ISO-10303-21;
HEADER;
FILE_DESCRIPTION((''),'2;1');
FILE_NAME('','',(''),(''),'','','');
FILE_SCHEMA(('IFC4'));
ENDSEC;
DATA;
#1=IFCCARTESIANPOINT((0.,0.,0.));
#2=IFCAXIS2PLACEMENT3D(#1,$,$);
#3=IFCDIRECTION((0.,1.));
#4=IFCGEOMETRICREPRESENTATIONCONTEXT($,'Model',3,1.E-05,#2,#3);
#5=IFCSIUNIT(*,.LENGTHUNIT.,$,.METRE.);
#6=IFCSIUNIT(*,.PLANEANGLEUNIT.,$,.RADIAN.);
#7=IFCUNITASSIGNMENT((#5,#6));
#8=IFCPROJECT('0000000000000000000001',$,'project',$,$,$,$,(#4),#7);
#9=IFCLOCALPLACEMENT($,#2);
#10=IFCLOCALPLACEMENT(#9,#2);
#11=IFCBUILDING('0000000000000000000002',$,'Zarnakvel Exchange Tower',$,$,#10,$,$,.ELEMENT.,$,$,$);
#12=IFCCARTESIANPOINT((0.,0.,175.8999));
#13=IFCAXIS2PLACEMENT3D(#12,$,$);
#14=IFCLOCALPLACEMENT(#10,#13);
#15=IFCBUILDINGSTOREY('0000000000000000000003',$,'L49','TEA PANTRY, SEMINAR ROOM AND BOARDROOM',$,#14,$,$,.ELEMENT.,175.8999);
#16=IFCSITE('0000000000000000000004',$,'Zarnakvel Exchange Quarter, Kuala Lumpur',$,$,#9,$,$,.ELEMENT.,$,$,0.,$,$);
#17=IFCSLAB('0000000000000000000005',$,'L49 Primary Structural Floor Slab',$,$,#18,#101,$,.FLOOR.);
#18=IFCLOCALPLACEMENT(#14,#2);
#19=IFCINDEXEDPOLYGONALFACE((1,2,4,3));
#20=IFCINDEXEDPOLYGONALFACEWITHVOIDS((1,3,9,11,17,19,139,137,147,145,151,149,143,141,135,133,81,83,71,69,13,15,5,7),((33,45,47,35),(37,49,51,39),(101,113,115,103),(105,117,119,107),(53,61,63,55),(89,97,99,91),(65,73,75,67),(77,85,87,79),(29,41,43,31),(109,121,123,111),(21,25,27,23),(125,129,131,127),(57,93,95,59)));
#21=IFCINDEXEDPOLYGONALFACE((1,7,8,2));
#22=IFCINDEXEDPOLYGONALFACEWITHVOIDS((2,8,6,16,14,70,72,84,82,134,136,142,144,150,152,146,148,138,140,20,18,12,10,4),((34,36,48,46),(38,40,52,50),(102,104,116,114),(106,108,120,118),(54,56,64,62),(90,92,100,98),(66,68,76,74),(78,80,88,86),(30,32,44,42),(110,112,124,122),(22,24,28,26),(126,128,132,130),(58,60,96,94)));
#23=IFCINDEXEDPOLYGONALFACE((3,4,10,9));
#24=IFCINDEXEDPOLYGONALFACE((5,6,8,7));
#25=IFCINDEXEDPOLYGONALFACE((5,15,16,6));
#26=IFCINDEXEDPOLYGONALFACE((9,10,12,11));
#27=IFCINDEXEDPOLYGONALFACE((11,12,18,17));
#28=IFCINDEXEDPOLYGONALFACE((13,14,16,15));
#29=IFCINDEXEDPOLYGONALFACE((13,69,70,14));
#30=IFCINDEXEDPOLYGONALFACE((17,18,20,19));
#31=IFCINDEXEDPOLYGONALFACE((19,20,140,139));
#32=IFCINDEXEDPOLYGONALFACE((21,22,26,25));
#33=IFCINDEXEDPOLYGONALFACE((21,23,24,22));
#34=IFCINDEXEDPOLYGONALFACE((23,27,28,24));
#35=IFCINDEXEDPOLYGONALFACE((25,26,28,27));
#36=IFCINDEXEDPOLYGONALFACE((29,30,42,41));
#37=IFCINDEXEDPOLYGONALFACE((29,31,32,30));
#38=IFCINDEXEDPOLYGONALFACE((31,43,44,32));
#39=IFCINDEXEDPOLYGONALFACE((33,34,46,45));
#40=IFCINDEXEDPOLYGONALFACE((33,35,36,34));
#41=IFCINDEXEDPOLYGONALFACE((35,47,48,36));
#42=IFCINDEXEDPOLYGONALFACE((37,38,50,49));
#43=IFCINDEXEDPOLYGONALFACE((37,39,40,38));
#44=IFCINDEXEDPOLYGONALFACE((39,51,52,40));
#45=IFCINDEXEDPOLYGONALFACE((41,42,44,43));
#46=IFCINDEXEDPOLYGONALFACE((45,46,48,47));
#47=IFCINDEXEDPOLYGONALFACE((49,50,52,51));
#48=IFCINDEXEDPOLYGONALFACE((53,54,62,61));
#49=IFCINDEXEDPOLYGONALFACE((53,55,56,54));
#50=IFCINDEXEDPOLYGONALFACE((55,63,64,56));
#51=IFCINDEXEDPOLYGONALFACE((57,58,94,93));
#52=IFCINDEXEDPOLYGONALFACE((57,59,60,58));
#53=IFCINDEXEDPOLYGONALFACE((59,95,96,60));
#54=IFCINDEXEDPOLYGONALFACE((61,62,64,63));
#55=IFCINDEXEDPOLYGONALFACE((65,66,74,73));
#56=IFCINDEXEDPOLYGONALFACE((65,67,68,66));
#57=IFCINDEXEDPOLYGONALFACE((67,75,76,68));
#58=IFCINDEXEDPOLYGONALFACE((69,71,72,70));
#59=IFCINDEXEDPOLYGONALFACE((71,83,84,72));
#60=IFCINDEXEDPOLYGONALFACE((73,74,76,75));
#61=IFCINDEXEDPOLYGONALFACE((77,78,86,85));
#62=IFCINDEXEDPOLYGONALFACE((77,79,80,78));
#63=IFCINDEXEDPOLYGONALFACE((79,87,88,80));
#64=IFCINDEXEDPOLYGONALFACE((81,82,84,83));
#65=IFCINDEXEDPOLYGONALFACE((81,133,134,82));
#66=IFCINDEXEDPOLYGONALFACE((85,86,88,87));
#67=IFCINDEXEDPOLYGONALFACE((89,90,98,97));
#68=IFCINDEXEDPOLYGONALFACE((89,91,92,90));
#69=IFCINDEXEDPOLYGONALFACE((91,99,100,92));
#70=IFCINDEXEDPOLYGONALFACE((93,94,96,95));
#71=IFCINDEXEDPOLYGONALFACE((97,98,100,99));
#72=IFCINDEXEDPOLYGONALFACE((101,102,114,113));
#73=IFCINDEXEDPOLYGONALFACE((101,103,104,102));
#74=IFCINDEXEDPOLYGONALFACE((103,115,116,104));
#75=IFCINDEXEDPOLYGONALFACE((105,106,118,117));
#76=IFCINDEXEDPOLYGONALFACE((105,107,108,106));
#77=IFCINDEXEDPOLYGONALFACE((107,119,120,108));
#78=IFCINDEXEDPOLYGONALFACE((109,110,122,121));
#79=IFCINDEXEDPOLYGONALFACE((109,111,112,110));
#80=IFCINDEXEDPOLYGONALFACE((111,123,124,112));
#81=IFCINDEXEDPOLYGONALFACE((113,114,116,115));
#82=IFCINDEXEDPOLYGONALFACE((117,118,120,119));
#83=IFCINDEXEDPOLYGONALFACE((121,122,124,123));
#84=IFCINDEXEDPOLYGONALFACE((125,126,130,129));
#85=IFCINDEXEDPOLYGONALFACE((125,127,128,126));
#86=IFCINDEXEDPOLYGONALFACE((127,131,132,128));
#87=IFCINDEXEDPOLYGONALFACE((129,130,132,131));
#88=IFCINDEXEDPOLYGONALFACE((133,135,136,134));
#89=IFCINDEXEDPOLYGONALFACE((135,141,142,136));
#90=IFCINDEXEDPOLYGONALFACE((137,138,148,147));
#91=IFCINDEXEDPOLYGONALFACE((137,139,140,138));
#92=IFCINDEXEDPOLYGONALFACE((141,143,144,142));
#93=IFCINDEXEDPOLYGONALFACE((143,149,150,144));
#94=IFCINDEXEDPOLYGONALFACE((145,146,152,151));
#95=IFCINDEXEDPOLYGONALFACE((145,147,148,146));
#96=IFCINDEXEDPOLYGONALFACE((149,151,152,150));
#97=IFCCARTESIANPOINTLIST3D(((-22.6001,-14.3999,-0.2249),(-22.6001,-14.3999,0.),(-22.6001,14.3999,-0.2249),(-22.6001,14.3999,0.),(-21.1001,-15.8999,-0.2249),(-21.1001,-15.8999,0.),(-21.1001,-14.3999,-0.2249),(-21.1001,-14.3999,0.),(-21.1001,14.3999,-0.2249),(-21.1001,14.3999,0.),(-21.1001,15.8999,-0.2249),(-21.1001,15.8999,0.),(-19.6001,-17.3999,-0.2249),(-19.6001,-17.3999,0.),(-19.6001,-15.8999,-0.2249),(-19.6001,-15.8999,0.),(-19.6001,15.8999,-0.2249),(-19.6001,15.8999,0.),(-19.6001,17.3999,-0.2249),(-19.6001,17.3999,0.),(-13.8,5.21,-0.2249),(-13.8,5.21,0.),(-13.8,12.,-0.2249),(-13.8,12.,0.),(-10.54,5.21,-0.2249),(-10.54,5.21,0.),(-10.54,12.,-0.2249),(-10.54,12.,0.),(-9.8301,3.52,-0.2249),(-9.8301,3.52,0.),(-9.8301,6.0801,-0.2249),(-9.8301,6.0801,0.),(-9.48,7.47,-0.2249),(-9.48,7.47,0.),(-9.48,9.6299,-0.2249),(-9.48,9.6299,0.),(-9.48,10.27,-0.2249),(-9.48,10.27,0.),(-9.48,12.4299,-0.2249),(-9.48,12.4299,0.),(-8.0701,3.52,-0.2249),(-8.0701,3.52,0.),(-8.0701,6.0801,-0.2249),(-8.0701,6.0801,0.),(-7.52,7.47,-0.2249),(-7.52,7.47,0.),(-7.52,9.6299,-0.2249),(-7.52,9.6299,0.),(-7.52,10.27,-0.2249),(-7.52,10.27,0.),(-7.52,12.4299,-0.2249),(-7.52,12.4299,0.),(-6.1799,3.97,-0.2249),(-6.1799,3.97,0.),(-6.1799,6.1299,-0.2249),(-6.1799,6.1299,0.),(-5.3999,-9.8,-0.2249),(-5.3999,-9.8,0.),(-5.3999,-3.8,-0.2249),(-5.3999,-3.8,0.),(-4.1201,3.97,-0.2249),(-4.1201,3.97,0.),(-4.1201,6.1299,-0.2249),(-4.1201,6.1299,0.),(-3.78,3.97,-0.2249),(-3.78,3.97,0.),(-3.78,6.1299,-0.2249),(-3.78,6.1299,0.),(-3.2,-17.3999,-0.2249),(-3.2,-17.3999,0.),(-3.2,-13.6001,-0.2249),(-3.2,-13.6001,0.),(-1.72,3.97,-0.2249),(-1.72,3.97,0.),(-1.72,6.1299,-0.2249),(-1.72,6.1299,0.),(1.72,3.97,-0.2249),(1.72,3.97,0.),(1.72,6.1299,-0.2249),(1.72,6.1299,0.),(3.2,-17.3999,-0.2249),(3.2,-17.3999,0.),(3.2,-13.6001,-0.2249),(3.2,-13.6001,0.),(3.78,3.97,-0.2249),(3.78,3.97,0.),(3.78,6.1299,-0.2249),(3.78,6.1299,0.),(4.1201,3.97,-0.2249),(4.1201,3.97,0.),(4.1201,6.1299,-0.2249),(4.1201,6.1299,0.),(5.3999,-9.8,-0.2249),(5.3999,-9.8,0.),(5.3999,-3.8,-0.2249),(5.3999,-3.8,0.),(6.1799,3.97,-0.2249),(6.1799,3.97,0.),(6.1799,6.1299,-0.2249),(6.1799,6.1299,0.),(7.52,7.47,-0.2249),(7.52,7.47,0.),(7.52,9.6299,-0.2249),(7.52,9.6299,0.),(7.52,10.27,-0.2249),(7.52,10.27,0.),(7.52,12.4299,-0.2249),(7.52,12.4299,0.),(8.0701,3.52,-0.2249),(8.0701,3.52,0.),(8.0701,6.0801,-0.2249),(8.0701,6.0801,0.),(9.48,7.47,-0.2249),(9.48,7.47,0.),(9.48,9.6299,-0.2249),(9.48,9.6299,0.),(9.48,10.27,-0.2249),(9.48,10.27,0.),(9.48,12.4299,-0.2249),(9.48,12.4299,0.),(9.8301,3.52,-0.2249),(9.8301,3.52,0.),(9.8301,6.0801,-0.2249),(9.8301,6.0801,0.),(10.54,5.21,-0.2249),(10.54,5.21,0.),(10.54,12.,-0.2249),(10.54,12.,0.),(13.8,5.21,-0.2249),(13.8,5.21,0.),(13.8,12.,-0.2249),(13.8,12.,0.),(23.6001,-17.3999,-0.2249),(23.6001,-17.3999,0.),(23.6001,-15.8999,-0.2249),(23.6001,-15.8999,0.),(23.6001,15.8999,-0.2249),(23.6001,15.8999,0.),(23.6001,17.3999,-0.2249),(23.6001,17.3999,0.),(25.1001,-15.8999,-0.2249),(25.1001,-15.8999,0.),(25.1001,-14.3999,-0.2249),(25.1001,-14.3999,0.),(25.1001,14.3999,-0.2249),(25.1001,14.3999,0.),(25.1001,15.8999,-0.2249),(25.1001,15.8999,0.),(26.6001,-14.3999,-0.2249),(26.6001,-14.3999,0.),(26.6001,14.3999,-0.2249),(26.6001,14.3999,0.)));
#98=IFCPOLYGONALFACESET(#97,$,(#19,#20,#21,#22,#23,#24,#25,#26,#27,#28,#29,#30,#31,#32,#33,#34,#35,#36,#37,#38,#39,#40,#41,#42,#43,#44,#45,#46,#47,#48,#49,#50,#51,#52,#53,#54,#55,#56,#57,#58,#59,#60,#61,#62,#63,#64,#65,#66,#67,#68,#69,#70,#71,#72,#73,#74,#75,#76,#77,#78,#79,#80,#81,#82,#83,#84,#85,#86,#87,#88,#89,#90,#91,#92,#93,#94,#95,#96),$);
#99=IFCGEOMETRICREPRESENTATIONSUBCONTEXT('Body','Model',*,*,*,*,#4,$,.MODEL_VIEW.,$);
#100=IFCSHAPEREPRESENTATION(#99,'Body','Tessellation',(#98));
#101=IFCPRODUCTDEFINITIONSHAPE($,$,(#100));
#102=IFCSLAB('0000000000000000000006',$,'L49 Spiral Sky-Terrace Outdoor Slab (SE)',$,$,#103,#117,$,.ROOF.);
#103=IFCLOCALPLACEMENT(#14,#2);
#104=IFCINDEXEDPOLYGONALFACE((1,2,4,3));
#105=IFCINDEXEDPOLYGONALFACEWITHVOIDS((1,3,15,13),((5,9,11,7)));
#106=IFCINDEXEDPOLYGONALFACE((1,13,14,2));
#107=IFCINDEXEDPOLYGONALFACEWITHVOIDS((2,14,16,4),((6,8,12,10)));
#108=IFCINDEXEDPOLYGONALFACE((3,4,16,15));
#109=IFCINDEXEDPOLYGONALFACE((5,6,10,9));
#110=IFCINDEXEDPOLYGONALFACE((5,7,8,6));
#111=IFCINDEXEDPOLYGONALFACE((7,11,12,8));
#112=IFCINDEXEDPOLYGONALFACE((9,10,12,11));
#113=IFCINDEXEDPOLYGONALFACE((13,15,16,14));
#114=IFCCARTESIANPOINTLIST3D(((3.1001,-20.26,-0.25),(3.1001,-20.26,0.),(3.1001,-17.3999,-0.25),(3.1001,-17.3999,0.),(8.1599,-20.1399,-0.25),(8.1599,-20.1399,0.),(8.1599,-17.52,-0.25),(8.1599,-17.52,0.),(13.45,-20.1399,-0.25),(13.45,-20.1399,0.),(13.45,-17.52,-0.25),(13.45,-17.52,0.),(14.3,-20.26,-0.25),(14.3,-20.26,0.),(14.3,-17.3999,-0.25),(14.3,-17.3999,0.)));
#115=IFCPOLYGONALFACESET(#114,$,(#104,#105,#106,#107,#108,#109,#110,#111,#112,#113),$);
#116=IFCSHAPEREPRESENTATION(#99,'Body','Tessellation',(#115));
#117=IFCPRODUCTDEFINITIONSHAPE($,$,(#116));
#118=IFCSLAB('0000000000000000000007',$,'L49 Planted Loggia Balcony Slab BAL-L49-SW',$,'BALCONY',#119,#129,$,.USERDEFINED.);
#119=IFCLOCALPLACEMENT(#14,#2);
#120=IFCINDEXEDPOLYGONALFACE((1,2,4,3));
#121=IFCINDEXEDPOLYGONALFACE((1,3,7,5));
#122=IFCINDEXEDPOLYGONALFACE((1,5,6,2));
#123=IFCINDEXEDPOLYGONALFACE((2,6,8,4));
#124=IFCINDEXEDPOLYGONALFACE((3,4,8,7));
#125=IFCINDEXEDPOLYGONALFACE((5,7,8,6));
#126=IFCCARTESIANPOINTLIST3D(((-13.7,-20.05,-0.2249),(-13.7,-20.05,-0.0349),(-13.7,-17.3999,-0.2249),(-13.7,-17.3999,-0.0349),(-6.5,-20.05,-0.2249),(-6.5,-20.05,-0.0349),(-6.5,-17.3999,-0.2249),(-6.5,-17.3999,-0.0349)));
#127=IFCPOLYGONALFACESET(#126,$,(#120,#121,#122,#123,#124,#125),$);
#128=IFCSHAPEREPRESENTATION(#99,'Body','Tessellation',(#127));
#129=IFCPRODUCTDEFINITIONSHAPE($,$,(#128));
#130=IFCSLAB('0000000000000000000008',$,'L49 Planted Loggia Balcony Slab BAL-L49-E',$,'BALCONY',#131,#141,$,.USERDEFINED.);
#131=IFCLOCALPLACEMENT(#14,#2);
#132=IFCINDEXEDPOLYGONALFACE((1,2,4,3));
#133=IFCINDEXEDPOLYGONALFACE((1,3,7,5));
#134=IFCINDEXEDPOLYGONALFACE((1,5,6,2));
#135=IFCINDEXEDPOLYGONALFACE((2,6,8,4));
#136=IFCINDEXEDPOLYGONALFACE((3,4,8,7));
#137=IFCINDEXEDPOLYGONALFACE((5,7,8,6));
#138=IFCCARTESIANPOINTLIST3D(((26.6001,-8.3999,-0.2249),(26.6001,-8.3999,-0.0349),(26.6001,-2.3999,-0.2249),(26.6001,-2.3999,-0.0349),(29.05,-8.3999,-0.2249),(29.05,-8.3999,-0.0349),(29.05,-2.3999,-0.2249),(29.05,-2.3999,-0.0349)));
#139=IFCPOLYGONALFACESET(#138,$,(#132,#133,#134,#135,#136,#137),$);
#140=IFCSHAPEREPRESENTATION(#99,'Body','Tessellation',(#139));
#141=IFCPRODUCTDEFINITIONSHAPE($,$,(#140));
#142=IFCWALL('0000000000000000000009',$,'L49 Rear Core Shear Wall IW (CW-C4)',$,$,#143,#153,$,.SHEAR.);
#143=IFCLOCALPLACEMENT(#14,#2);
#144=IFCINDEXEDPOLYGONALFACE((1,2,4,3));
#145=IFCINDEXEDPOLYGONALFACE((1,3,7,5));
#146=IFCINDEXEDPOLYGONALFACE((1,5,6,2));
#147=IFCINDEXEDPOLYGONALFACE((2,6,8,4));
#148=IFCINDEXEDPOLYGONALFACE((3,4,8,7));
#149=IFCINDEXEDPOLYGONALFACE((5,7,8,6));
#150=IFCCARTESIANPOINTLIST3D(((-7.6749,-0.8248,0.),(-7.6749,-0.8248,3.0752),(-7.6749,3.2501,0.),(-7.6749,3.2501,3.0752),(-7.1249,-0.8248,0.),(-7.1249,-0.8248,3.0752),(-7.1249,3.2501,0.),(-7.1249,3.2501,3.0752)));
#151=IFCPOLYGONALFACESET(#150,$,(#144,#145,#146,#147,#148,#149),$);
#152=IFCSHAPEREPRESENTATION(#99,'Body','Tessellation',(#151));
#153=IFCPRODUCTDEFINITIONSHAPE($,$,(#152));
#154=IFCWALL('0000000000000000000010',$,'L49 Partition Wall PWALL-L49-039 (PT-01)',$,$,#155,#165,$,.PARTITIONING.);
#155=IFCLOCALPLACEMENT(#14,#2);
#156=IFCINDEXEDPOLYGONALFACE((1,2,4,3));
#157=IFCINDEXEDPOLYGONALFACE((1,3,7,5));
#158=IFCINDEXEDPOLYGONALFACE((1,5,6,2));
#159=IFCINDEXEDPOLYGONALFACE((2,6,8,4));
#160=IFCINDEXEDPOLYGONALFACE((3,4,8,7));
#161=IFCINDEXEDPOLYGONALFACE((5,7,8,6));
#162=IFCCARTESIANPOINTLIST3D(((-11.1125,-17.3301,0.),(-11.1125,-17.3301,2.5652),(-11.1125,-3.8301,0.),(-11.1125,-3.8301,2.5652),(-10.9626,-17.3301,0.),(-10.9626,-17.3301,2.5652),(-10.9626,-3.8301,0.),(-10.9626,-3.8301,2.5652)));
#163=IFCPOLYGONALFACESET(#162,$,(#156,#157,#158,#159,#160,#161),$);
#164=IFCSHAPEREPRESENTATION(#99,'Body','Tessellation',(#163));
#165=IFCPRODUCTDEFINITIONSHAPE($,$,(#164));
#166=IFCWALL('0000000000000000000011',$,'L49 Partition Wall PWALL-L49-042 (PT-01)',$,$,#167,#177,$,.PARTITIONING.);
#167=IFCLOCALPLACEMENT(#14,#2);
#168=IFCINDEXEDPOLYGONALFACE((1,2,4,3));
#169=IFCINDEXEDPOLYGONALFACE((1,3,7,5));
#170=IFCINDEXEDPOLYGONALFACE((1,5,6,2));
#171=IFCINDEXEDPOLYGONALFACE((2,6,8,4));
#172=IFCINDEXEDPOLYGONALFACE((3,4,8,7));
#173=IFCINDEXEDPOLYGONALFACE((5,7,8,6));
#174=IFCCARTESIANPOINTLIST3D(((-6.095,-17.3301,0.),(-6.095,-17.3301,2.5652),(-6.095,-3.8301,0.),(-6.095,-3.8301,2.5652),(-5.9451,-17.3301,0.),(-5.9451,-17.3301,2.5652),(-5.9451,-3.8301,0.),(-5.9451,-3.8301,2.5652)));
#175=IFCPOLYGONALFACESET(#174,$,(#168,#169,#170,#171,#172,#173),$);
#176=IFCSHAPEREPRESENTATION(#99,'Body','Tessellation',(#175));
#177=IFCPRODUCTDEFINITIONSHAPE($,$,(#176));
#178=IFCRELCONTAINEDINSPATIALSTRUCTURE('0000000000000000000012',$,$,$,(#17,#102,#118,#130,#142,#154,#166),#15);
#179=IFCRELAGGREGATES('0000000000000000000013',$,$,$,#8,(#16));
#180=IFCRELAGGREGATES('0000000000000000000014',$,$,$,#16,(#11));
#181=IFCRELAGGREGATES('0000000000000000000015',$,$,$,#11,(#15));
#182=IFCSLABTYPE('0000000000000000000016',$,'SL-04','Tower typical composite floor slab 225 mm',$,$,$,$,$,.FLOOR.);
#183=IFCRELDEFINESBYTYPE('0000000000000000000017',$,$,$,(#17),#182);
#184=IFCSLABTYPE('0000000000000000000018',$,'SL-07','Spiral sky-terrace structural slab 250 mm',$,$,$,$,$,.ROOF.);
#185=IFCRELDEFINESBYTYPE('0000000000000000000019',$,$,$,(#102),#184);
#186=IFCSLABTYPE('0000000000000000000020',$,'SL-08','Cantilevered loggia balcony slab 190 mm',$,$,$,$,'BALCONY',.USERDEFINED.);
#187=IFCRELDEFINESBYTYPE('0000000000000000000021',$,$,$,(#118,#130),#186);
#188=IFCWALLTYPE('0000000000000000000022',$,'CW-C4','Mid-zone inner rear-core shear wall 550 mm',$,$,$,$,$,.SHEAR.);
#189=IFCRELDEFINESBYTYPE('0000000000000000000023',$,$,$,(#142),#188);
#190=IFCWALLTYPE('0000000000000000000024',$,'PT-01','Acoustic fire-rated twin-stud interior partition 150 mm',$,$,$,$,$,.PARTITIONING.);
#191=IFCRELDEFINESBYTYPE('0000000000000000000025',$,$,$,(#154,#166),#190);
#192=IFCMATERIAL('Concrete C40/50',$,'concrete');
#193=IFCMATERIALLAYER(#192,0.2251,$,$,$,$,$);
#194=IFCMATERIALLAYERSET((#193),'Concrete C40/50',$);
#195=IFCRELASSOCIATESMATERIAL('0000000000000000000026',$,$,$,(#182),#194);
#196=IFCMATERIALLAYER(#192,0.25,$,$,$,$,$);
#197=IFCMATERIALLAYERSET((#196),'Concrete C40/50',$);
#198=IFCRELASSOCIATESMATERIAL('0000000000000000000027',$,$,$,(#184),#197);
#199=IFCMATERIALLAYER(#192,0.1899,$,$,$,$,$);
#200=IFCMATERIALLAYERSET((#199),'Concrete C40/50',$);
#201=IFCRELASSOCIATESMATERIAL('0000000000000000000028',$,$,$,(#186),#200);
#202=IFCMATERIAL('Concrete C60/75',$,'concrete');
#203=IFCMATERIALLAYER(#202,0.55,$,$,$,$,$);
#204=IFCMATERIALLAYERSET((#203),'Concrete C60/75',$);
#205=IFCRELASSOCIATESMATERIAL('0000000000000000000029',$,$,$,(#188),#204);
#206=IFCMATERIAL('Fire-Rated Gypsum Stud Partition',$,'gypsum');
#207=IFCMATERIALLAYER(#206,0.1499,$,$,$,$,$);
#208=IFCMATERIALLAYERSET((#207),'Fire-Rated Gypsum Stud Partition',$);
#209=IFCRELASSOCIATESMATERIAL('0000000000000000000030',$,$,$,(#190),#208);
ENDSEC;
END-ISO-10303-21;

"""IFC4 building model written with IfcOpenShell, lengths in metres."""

from ifc_helpers import new_model, si_unit, direction, frame, frame_2d, origin, place, context, subcontext, project, spatial, polyline, rectangle, outline, extrude, material, layer, layer_set, type_object, element, save


model = new_model("IFC4")

# Units and contexts
model_context = context("Model", 3, precision=1e-05, world=origin(), true_north=direction((0.0, 1.0)))
body_context = subcontext(model_context, "Body", "Model", "MODEL_VIEW")
ifc_project = project(units=[si_unit("LENGTHUNIT", "METRE"), si_unit("PLANEANGLEUNIT", "RADIAN")], contexts=[model_context])

# Site, building, storey
site_placement = place(None, origin())
site = spatial("IfcSite", under=ifc_project, at=site_placement, Name="Zarnakvel Exchange Quarter, Kuala Lumpur", CompositionType="ELEMENT", RefElevation=0.0)
building_placement = place(site_placement, origin())
building = spatial("IfcBuilding", under=site, at=building_placement, Name="Zarnakvel Exchange Tower", CompositionType="ELEMENT")
storey_placement = place(building_placement, frame((0.0, 0.0, 175.8999)))
storey = spatial("IfcBuildingStorey", under=building, at=storey_placement, Name="L49", Description="TEA PANTRY, SEMINAR ROOM AND BOARDROOM", CompositionType="ELEMENT", Elevation=175.8999)

# Shared definitions
ifc_material_1 = material(Name="Concrete C60/75", Category="concrete")

# Slabs
ifc_material_2 = material(Name="Concrete C40/50", Category="concrete")
ifc_layer_1 = layer(ifc_material_2, 0.2251)
ifc_layer_set_1 = layer_set([ifc_layer_1], Name="Concrete C40/50")
slab_type_1 = type_object("IfcSlabType", Name="SL-04", Description="Tower typical composite floor slab 225 mm", PredefinedType="FLOOR", material=ifc_layer_set_1)
slab_1_placement = place(storey_placement, frame((0.0, 0.0, -0.2249)))
element("IfcSlab", 1, at=slab_1_placement, inside=storey, type_object=slab_type_1, Name="L49 Primary Structural Floor Slab", PredefinedType="FLOOR", context=body_context, shape_type="SweptSolid", body=[
    extrude(outline(polyline([(-22.6001, -14.3999), (-21.1001, -14.3999), (-21.1001, -15.8999), (-19.6001, -15.8999), (-19.6001, -17.3999), (-3.2, -17.3999), (-3.2, -13.6001), (3.2, -13.6001), (3.2, -17.3999), (23.6001, -17.3999), (23.6001, -15.8999), (25.1001, -15.8999), (25.1001, -14.3999), (26.6001, -14.3999), (26.6001, 14.3999), (25.1001, 14.3999), (25.1001, 15.8999), (23.6001, 15.8999), (23.6001, 17.3999), (-19.6001, 17.3999), (-19.6001, 15.8999), (-21.1001, 15.8999), (-21.1001, 14.3999), (-22.6001, 14.3999), (-22.6001, -14.3999)]), holes=[polyline([(-5.3999, -9.8), (5.3999, -9.8), (5.3999, -3.8), (-5.3999, -3.8), (-5.3999, -9.8)]), polyline([(-13.8, 5.21), (-10.54, 5.21), (-10.54, 12.0), (-13.8, 12.0), (-13.8, 5.21)]), polyline([(10.54, 5.21), (13.8, 5.21), (13.8, 12.0), (10.54, 12.0), (10.54, 5.21)]), polyline([(-9.8301, 3.52), (-8.0701, 3.52), (-8.0701, 6.0801), (-9.8301, 6.0801), (-9.8301, 3.52)]), polyline([(8.0701, 3.52), (9.8301, 3.52), (9.8301, 6.0801), (8.0701, 6.0801), (8.0701, 3.52)]), polyline([(-6.1799, 3.97), (-4.1201, 3.97), (-4.1201, 6.1299), (-6.1799, 6.1299), (-6.1799, 3.97)]), polyline([(-3.78, 3.97), (-1.72, 3.97), (-1.72, 6.1299), (-3.78, 6.1299), (-3.78, 3.97)]), polyline([(1.72, 3.97), (3.78, 3.97), (3.78, 6.1299), (1.72, 6.1299), (1.72, 3.97)]), polyline([(4.1201, 3.97), (6.1799, 3.97), (6.1799, 6.1299), (4.1201, 6.1299), (4.1201, 3.97)]), polyline([(-9.48, 7.47), (-7.52, 7.47), (-7.52, 9.6299), (-9.48, 9.6299), (-9.48, 7.47)]), polyline([(-9.48, 10.27), (-7.52, 10.27), (-7.52, 12.4299), (-9.48, 12.4299), (-9.48, 10.27)]), polyline([(7.52, 7.47), (9.48, 7.47), (9.48, 9.6299), (7.52, 9.6299), (7.52, 7.47)]), polyline([(7.52, 10.27), (9.48, 10.27), (9.48, 12.4299), (7.52, 12.4299), (7.52, 10.27)])]), origin(), (0.0, 0.0, 1.0), 0.2249),
])
ifc_layer_2 = layer(ifc_material_2, 0.25)
ifc_layer_set_2 = layer_set([ifc_layer_2], Name="Concrete C40/50")
slab_type_2 = type_object("IfcSlabType", Name="SL-07", Description="Spiral sky-terrace structural slab 250 mm", PredefinedType="ROOF", material=ifc_layer_set_2)
slab_2_placement = place(storey_placement, frame((0.0, 0.0, -0.25)))
element("IfcSlab", 2, at=slab_2_placement, inside=storey, type_object=slab_type_2, Name="L49 Spiral Sky-Terrace Outdoor Slab (SE)", PredefinedType="ROOF", context=body_context, shape_type="SweptSolid", body=[
    extrude(outline(polyline([(3.1001, -20.26), (14.3, -20.26), (14.3, -17.3999), (3.1001, -17.3999), (3.1001, -20.26)]), holes=[polyline([(8.1599, -20.1399), (13.45, -20.1399), (13.45, -17.52), (8.1599, -17.52), (8.1599, -20.1399)])]), origin(), (0.0, 0.0, 1.0), 0.25),
])
ifc_layer_3 = layer(ifc_material_2, 0.1899)
ifc_layer_set_3 = layer_set([ifc_layer_3], Name="Concrete C40/50")
slab_type_3 = type_object("IfcSlabType", Name="SL-08", Description="Cantilevered loggia balcony slab 190 mm", ElementType="BALCONY", PredefinedType="USERDEFINED", material=ifc_layer_set_3)
slab_3_placement = place(storey_placement, frame((0.0, 0.0, -0.2249)))
element("IfcSlab", 3, at=slab_3_placement, inside=storey, type_object=slab_type_3, Name="L49 Planted Loggia Balcony Slab BAL-L49-SW", ObjectType="BALCONY", PredefinedType="USERDEFINED", context=body_context, shape_type="SweptSolid", body=[
    extrude(outline(polyline([(-13.7, -20.05), (-6.5, -20.05), (-6.5, -17.3999), (-13.7, -17.3999), (-13.7, -20.05)])), origin(), (0.0, 0.0, 1.0), 0.1899),
])
slab_4_placement = place(storey_placement, frame((0.0, 0.0, -0.2249)))
element("IfcSlab", 4, at=slab_4_placement, inside=storey, type_object=slab_type_3, Name="L49 Planted Loggia Balcony Slab BAL-L49-E", ObjectType="BALCONY", PredefinedType="USERDEFINED", context=body_context, shape_type="SweptSolid", body=[
    extrude(outline(polyline([(26.6001, -8.3999), (29.05, -8.3999), (29.05, -2.3999), (26.6001, -2.3999), (26.6001, -8.3999)])), origin(), (0.0, 0.0, 1.0), 0.1899),
])

# Walls
ifc_layer_4 = layer(ifc_material_1, 0.55)
ifc_layer_set_4 = layer_set([ifc_layer_4], Name="Concrete C60/75")
wall_type_1 = type_object("IfcWallType", Name="CW-C4", Description="Mid-zone inner rear-core shear wall 550 mm", PredefinedType="SHEAR", material=ifc_layer_set_4)
wall_1_placement = place(storey_placement, frame((-7.3999, -0.825, 0.0), z_axis=(0.0, 0.0, 1.0), x_axis=(0.0, 1.0, 0.0)))
element("IfcWall", 5, at=wall_1_placement, inside=storey, type_object=wall_type_1, Name="L49 Rear Core Shear Wall IW (CW-C4)", PredefinedType="SHEAR", context=body_context, shape_type="SweptSolid", body=[
    extrude(rectangle(XDim=4.075, YDim=0.55, at=frame_2d((2.0376, 0.0))), origin(), (0.0, 0.0, 1.0), 3.0752),
])
ifc_material_3 = material(Name="Fire-Rated Gypsum Stud Partition", Category="gypsum")
ifc_layer_5 = layer(ifc_material_3, 0.1499)
ifc_layer_set_5 = layer_set([ifc_layer_5], Name="Fire-Rated Gypsum Stud Partition")
wall_type_2 = type_object("IfcWallType", Name="PT-01", Description="Acoustic fire-rated twin-stud interior partition 150 mm", PredefinedType="PARTITIONING", material=ifc_layer_set_5)
wall_2_placement = place(storey_placement, frame((-11.0376, -3.8301, 0.0), z_axis=(0.0, 0.0, 1.0), x_axis=(0.0, -1.0, 0.0)))
element("IfcWall", 6, at=wall_2_placement, inside=storey, type_object=wall_type_2, Name="L49 Partition Wall PWALL-L49-039 (PT-01)", PredefinedType="PARTITIONING", context=body_context, shape_type="SweptSolid", body=[
    extrude(rectangle(XDim=13.5, YDim=0.1499, at=frame_2d((6.75, 0.0))), origin(), (0.0, 0.0, 1.0), 2.5652),
])

# Wall
wall_3_placement = place(storey_placement, frame((-6.02, -3.8301, 0.0), z_axis=(0.0, 0.0, 1.0), x_axis=(0.0, -1.0, 0.0)))
element("IfcWall", 7, at=wall_3_placement, inside=storey, type_object=wall_type_2, Name="L49 Partition Wall PWALL-L49-042 (PT-01)", PredefinedType="PARTITIONING", context=body_context, shape_type="SweptSolid", body=[
    extrude(rectangle(XDim=13.5, YDim=0.1499, at=frame_2d((6.75, 0.0))), origin(), (0.0, 0.0, 1.0), 2.5652),
])

save(model, "model.ifc")
